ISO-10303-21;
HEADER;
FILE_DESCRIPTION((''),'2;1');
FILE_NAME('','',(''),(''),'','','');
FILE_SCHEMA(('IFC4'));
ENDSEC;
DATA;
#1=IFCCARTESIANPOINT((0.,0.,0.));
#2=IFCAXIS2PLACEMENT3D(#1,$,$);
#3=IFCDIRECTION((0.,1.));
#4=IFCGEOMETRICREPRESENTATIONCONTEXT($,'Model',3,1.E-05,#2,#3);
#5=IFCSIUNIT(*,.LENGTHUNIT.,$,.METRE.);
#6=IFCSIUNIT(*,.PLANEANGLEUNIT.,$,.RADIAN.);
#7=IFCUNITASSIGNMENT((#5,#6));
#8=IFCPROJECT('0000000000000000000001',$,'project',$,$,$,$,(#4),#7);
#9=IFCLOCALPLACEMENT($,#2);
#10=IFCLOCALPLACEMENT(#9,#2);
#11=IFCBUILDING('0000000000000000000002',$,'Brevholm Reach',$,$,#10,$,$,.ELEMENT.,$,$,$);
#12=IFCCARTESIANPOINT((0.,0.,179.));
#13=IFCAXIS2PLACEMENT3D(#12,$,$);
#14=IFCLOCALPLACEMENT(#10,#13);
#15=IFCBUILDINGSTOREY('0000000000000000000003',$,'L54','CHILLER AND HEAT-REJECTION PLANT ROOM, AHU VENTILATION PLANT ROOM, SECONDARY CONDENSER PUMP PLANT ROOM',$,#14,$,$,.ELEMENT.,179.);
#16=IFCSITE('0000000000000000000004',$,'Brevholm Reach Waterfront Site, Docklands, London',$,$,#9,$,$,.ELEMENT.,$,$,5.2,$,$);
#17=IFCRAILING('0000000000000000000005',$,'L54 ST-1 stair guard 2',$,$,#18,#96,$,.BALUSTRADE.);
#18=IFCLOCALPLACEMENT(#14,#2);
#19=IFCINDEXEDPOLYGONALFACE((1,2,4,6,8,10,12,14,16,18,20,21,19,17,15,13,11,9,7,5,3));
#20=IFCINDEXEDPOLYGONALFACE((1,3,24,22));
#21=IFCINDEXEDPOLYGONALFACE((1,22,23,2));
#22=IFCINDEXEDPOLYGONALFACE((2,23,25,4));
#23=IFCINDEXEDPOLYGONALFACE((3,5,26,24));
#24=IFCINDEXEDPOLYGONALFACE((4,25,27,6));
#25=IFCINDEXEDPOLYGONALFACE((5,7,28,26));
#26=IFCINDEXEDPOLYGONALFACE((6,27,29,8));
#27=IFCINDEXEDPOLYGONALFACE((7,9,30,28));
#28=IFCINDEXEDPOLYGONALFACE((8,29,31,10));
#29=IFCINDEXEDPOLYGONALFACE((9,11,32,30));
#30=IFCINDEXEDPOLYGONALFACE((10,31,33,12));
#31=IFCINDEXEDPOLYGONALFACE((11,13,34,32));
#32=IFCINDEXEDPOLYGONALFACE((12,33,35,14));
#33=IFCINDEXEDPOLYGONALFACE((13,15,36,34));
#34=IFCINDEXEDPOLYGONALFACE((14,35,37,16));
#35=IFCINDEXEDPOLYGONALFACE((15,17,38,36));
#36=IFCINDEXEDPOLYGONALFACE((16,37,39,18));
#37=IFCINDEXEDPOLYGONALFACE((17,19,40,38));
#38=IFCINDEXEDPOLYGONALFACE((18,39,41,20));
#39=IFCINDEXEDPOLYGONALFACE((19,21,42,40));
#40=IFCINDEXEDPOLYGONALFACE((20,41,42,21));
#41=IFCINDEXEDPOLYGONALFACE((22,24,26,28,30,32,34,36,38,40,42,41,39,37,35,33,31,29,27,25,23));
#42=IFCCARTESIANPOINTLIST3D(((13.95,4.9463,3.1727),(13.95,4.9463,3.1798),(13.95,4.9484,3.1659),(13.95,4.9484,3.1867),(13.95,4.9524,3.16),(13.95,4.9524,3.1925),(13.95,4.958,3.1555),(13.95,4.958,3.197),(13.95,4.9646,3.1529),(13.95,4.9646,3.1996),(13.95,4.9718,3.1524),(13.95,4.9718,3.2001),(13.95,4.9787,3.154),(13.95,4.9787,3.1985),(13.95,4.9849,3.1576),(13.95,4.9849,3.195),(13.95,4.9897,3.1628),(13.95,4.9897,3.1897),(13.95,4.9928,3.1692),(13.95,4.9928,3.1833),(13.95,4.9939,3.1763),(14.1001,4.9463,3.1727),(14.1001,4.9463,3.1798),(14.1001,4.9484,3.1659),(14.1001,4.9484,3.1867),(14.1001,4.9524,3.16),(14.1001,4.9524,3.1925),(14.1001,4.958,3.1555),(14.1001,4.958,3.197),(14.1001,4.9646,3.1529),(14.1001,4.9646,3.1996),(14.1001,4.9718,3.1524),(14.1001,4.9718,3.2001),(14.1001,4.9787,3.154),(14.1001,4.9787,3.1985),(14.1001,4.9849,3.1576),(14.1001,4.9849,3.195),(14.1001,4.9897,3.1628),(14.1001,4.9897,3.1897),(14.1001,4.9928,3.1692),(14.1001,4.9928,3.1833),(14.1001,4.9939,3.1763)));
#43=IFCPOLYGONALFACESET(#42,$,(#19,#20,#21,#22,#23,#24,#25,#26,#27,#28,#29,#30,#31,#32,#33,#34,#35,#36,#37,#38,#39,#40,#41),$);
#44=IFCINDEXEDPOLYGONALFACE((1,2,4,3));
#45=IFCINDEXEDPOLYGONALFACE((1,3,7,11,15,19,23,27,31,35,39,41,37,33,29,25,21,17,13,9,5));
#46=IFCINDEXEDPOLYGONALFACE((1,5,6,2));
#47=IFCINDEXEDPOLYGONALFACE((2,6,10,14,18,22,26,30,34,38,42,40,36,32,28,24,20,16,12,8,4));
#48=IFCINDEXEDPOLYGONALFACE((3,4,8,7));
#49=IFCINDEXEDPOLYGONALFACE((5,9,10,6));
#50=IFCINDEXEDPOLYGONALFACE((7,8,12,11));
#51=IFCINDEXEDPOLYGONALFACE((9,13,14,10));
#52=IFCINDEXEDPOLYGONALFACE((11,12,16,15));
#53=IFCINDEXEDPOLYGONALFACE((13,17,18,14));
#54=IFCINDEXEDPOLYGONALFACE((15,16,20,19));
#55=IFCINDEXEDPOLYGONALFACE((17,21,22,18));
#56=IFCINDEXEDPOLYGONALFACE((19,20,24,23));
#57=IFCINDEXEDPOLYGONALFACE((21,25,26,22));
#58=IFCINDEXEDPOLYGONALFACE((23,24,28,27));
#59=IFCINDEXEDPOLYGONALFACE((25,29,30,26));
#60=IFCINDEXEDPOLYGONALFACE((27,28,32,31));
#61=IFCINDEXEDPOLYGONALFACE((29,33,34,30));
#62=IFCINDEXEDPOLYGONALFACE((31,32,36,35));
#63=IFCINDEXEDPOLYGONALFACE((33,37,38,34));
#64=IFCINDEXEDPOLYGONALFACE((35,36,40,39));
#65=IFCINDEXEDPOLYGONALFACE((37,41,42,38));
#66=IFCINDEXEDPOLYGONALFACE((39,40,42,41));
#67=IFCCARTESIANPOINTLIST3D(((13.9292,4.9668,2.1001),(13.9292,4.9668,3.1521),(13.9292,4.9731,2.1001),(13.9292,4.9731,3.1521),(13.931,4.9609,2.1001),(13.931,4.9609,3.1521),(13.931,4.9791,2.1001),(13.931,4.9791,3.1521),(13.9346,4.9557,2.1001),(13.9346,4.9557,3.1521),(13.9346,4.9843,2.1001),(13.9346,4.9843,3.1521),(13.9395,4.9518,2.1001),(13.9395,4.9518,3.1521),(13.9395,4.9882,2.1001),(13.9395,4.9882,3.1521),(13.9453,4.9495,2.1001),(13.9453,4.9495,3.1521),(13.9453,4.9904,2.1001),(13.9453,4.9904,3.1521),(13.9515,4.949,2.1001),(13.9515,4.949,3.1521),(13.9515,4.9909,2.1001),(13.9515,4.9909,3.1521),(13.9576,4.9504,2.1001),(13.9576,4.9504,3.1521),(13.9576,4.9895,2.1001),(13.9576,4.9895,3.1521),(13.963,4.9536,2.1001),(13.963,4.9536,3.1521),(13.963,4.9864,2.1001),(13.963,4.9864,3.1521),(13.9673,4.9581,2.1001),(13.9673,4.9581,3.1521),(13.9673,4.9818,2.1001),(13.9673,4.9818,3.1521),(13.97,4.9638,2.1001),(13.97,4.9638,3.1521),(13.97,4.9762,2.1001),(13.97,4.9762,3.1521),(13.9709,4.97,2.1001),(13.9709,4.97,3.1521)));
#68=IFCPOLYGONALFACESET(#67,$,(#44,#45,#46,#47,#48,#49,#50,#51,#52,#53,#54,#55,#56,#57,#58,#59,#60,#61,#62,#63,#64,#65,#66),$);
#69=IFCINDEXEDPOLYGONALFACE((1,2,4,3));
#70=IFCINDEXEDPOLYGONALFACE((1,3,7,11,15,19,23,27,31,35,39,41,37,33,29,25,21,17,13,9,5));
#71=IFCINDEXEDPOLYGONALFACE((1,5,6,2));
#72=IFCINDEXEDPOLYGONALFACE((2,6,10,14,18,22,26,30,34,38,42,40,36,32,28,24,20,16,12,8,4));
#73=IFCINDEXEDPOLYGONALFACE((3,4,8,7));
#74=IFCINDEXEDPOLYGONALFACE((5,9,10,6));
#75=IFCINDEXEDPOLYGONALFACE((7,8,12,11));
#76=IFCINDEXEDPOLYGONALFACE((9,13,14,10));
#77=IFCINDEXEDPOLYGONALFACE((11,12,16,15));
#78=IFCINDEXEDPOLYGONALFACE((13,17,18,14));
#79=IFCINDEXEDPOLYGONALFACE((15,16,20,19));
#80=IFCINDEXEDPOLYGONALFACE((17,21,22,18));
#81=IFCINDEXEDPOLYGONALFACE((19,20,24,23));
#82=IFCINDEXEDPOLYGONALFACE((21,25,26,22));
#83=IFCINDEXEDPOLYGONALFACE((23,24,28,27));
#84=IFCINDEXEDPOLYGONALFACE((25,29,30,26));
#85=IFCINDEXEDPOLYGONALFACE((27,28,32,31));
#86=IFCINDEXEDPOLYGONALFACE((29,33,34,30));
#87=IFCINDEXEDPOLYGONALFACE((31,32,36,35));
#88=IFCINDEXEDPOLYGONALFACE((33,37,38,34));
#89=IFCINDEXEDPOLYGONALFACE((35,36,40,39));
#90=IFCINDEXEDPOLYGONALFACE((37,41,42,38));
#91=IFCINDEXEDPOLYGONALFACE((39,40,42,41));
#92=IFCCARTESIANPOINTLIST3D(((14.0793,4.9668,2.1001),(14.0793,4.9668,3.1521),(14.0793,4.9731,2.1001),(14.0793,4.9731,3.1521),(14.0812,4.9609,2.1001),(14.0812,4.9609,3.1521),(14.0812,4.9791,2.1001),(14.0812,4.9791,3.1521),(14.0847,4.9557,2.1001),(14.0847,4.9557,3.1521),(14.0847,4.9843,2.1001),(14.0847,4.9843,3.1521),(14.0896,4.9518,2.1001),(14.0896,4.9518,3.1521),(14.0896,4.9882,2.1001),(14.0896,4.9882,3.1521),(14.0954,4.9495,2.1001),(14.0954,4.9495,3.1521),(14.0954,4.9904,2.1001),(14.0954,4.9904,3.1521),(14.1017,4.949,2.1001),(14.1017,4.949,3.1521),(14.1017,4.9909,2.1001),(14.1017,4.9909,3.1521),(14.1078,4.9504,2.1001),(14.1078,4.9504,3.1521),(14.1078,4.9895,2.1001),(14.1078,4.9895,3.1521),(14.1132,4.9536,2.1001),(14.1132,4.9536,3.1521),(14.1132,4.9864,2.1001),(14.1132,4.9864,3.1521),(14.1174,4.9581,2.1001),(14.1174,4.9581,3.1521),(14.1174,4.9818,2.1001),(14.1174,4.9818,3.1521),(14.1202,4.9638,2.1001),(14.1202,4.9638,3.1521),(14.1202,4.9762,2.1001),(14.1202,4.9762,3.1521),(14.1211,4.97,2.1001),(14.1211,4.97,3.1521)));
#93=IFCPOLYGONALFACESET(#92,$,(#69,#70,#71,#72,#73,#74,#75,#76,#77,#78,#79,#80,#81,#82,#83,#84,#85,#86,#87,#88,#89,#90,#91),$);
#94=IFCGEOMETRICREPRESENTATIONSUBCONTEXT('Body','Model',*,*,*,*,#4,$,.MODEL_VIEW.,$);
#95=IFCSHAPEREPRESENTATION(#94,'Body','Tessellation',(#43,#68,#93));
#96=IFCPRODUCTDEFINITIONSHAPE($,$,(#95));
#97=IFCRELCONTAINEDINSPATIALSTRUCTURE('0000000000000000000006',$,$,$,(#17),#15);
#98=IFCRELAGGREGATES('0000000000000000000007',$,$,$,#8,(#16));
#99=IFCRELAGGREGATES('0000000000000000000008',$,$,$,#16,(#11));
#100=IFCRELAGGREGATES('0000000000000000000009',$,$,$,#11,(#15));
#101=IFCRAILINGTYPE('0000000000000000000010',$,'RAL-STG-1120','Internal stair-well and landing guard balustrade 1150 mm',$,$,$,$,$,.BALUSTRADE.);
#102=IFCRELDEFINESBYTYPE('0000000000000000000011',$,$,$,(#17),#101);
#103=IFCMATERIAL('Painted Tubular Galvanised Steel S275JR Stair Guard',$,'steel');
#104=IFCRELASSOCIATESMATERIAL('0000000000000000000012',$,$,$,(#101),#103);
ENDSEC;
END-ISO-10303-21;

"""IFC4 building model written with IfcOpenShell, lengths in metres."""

from ifc_helpers import new_model, si_unit, direction, frame, origin, origin_2d, place, context, subcontext, project, spatial, circle, extrude, material, type_object, element, save


model = new_model("IFC4")

# Units and contexts
model_context = context("Model", 3, precision=1e-05, world=origin(), true_north=direction((0.0, 1.0)))
body_context = subcontext(model_context, "Body", "Model", "MODEL_VIEW")
ifc_project = project(units=[si_unit("LENGTHUNIT", "METRE"), si_unit("PLANEANGLEUNIT", "RADIAN")], contexts=[model_context])

# Site, building, storey
site_placement = place(None, origin())
site = spatial("IfcSite", under=ifc_project, at=site_placement, Name="Brevholm Reach Waterfront Site, Docklands, London", CompositionType="ELEMENT", RefElevation=5.2)
building_placement = place(site_placement, origin())
building = spatial("IfcBuilding", under=site, at=building_placement, Name="Brevholm Reach", CompositionType="ELEMENT")
storey_placement = place(building_placement, frame((0.0, 0.0, 179.0)))
storey = spatial("IfcBuildingStorey", under=building, at=storey_placement, Name="L54", Description="CHILLER AND HEAT-REJECTION PLANT ROOM, AHU VENTILATION PLANT ROOM, SECONDARY CONDENSER PUMP PLANT ROOM", CompositionType="ELEMENT", Elevation=179.0)

# Railing
ifc_material_1 = material(Name="Painted Tubular Galvanised Steel S275JR Stair Guard", Category="steel")
railing_type_1 = type_object("IfcRailingType", Name="RAL-STG-1120", Description="Internal stair-well and landing guard balustrade 1150 mm", PredefinedType="BALUSTRADE", material=ifc_material_1)
railing_1_placement = place(storey_placement, frame((13.95, 4.97, 2.1001)))
element("IfcRailing", 1, at=railing_1_placement, inside=storey, type_object=railing_type_1, Name="L54 ST-1 stair guard 2", PredefinedType="BALUSTRADE", context=body_context, shape_type="SweptSolid", body=[
    extrude(circle(Radius=0.0239, at=origin_2d()), frame((0.0, 0.0, 1.0762), z_axis=(1.0, 0.0, 0.0), x_axis=(0.0, 1.0, 0.0)), (0.0, 0.0, 1.0), 0.1501),
    extrude(circle(Radius=0.021, at=origin_2d()), origin(), (0.0, 0.0, 1.0), 1.052),
    extrude(circle(Radius=0.021, at=origin_2d()), frame((0.1501, 0.0, 0.0)), (0.0, 0.0, 1.0), 1.052),
])

save(model, "model.ifc")
